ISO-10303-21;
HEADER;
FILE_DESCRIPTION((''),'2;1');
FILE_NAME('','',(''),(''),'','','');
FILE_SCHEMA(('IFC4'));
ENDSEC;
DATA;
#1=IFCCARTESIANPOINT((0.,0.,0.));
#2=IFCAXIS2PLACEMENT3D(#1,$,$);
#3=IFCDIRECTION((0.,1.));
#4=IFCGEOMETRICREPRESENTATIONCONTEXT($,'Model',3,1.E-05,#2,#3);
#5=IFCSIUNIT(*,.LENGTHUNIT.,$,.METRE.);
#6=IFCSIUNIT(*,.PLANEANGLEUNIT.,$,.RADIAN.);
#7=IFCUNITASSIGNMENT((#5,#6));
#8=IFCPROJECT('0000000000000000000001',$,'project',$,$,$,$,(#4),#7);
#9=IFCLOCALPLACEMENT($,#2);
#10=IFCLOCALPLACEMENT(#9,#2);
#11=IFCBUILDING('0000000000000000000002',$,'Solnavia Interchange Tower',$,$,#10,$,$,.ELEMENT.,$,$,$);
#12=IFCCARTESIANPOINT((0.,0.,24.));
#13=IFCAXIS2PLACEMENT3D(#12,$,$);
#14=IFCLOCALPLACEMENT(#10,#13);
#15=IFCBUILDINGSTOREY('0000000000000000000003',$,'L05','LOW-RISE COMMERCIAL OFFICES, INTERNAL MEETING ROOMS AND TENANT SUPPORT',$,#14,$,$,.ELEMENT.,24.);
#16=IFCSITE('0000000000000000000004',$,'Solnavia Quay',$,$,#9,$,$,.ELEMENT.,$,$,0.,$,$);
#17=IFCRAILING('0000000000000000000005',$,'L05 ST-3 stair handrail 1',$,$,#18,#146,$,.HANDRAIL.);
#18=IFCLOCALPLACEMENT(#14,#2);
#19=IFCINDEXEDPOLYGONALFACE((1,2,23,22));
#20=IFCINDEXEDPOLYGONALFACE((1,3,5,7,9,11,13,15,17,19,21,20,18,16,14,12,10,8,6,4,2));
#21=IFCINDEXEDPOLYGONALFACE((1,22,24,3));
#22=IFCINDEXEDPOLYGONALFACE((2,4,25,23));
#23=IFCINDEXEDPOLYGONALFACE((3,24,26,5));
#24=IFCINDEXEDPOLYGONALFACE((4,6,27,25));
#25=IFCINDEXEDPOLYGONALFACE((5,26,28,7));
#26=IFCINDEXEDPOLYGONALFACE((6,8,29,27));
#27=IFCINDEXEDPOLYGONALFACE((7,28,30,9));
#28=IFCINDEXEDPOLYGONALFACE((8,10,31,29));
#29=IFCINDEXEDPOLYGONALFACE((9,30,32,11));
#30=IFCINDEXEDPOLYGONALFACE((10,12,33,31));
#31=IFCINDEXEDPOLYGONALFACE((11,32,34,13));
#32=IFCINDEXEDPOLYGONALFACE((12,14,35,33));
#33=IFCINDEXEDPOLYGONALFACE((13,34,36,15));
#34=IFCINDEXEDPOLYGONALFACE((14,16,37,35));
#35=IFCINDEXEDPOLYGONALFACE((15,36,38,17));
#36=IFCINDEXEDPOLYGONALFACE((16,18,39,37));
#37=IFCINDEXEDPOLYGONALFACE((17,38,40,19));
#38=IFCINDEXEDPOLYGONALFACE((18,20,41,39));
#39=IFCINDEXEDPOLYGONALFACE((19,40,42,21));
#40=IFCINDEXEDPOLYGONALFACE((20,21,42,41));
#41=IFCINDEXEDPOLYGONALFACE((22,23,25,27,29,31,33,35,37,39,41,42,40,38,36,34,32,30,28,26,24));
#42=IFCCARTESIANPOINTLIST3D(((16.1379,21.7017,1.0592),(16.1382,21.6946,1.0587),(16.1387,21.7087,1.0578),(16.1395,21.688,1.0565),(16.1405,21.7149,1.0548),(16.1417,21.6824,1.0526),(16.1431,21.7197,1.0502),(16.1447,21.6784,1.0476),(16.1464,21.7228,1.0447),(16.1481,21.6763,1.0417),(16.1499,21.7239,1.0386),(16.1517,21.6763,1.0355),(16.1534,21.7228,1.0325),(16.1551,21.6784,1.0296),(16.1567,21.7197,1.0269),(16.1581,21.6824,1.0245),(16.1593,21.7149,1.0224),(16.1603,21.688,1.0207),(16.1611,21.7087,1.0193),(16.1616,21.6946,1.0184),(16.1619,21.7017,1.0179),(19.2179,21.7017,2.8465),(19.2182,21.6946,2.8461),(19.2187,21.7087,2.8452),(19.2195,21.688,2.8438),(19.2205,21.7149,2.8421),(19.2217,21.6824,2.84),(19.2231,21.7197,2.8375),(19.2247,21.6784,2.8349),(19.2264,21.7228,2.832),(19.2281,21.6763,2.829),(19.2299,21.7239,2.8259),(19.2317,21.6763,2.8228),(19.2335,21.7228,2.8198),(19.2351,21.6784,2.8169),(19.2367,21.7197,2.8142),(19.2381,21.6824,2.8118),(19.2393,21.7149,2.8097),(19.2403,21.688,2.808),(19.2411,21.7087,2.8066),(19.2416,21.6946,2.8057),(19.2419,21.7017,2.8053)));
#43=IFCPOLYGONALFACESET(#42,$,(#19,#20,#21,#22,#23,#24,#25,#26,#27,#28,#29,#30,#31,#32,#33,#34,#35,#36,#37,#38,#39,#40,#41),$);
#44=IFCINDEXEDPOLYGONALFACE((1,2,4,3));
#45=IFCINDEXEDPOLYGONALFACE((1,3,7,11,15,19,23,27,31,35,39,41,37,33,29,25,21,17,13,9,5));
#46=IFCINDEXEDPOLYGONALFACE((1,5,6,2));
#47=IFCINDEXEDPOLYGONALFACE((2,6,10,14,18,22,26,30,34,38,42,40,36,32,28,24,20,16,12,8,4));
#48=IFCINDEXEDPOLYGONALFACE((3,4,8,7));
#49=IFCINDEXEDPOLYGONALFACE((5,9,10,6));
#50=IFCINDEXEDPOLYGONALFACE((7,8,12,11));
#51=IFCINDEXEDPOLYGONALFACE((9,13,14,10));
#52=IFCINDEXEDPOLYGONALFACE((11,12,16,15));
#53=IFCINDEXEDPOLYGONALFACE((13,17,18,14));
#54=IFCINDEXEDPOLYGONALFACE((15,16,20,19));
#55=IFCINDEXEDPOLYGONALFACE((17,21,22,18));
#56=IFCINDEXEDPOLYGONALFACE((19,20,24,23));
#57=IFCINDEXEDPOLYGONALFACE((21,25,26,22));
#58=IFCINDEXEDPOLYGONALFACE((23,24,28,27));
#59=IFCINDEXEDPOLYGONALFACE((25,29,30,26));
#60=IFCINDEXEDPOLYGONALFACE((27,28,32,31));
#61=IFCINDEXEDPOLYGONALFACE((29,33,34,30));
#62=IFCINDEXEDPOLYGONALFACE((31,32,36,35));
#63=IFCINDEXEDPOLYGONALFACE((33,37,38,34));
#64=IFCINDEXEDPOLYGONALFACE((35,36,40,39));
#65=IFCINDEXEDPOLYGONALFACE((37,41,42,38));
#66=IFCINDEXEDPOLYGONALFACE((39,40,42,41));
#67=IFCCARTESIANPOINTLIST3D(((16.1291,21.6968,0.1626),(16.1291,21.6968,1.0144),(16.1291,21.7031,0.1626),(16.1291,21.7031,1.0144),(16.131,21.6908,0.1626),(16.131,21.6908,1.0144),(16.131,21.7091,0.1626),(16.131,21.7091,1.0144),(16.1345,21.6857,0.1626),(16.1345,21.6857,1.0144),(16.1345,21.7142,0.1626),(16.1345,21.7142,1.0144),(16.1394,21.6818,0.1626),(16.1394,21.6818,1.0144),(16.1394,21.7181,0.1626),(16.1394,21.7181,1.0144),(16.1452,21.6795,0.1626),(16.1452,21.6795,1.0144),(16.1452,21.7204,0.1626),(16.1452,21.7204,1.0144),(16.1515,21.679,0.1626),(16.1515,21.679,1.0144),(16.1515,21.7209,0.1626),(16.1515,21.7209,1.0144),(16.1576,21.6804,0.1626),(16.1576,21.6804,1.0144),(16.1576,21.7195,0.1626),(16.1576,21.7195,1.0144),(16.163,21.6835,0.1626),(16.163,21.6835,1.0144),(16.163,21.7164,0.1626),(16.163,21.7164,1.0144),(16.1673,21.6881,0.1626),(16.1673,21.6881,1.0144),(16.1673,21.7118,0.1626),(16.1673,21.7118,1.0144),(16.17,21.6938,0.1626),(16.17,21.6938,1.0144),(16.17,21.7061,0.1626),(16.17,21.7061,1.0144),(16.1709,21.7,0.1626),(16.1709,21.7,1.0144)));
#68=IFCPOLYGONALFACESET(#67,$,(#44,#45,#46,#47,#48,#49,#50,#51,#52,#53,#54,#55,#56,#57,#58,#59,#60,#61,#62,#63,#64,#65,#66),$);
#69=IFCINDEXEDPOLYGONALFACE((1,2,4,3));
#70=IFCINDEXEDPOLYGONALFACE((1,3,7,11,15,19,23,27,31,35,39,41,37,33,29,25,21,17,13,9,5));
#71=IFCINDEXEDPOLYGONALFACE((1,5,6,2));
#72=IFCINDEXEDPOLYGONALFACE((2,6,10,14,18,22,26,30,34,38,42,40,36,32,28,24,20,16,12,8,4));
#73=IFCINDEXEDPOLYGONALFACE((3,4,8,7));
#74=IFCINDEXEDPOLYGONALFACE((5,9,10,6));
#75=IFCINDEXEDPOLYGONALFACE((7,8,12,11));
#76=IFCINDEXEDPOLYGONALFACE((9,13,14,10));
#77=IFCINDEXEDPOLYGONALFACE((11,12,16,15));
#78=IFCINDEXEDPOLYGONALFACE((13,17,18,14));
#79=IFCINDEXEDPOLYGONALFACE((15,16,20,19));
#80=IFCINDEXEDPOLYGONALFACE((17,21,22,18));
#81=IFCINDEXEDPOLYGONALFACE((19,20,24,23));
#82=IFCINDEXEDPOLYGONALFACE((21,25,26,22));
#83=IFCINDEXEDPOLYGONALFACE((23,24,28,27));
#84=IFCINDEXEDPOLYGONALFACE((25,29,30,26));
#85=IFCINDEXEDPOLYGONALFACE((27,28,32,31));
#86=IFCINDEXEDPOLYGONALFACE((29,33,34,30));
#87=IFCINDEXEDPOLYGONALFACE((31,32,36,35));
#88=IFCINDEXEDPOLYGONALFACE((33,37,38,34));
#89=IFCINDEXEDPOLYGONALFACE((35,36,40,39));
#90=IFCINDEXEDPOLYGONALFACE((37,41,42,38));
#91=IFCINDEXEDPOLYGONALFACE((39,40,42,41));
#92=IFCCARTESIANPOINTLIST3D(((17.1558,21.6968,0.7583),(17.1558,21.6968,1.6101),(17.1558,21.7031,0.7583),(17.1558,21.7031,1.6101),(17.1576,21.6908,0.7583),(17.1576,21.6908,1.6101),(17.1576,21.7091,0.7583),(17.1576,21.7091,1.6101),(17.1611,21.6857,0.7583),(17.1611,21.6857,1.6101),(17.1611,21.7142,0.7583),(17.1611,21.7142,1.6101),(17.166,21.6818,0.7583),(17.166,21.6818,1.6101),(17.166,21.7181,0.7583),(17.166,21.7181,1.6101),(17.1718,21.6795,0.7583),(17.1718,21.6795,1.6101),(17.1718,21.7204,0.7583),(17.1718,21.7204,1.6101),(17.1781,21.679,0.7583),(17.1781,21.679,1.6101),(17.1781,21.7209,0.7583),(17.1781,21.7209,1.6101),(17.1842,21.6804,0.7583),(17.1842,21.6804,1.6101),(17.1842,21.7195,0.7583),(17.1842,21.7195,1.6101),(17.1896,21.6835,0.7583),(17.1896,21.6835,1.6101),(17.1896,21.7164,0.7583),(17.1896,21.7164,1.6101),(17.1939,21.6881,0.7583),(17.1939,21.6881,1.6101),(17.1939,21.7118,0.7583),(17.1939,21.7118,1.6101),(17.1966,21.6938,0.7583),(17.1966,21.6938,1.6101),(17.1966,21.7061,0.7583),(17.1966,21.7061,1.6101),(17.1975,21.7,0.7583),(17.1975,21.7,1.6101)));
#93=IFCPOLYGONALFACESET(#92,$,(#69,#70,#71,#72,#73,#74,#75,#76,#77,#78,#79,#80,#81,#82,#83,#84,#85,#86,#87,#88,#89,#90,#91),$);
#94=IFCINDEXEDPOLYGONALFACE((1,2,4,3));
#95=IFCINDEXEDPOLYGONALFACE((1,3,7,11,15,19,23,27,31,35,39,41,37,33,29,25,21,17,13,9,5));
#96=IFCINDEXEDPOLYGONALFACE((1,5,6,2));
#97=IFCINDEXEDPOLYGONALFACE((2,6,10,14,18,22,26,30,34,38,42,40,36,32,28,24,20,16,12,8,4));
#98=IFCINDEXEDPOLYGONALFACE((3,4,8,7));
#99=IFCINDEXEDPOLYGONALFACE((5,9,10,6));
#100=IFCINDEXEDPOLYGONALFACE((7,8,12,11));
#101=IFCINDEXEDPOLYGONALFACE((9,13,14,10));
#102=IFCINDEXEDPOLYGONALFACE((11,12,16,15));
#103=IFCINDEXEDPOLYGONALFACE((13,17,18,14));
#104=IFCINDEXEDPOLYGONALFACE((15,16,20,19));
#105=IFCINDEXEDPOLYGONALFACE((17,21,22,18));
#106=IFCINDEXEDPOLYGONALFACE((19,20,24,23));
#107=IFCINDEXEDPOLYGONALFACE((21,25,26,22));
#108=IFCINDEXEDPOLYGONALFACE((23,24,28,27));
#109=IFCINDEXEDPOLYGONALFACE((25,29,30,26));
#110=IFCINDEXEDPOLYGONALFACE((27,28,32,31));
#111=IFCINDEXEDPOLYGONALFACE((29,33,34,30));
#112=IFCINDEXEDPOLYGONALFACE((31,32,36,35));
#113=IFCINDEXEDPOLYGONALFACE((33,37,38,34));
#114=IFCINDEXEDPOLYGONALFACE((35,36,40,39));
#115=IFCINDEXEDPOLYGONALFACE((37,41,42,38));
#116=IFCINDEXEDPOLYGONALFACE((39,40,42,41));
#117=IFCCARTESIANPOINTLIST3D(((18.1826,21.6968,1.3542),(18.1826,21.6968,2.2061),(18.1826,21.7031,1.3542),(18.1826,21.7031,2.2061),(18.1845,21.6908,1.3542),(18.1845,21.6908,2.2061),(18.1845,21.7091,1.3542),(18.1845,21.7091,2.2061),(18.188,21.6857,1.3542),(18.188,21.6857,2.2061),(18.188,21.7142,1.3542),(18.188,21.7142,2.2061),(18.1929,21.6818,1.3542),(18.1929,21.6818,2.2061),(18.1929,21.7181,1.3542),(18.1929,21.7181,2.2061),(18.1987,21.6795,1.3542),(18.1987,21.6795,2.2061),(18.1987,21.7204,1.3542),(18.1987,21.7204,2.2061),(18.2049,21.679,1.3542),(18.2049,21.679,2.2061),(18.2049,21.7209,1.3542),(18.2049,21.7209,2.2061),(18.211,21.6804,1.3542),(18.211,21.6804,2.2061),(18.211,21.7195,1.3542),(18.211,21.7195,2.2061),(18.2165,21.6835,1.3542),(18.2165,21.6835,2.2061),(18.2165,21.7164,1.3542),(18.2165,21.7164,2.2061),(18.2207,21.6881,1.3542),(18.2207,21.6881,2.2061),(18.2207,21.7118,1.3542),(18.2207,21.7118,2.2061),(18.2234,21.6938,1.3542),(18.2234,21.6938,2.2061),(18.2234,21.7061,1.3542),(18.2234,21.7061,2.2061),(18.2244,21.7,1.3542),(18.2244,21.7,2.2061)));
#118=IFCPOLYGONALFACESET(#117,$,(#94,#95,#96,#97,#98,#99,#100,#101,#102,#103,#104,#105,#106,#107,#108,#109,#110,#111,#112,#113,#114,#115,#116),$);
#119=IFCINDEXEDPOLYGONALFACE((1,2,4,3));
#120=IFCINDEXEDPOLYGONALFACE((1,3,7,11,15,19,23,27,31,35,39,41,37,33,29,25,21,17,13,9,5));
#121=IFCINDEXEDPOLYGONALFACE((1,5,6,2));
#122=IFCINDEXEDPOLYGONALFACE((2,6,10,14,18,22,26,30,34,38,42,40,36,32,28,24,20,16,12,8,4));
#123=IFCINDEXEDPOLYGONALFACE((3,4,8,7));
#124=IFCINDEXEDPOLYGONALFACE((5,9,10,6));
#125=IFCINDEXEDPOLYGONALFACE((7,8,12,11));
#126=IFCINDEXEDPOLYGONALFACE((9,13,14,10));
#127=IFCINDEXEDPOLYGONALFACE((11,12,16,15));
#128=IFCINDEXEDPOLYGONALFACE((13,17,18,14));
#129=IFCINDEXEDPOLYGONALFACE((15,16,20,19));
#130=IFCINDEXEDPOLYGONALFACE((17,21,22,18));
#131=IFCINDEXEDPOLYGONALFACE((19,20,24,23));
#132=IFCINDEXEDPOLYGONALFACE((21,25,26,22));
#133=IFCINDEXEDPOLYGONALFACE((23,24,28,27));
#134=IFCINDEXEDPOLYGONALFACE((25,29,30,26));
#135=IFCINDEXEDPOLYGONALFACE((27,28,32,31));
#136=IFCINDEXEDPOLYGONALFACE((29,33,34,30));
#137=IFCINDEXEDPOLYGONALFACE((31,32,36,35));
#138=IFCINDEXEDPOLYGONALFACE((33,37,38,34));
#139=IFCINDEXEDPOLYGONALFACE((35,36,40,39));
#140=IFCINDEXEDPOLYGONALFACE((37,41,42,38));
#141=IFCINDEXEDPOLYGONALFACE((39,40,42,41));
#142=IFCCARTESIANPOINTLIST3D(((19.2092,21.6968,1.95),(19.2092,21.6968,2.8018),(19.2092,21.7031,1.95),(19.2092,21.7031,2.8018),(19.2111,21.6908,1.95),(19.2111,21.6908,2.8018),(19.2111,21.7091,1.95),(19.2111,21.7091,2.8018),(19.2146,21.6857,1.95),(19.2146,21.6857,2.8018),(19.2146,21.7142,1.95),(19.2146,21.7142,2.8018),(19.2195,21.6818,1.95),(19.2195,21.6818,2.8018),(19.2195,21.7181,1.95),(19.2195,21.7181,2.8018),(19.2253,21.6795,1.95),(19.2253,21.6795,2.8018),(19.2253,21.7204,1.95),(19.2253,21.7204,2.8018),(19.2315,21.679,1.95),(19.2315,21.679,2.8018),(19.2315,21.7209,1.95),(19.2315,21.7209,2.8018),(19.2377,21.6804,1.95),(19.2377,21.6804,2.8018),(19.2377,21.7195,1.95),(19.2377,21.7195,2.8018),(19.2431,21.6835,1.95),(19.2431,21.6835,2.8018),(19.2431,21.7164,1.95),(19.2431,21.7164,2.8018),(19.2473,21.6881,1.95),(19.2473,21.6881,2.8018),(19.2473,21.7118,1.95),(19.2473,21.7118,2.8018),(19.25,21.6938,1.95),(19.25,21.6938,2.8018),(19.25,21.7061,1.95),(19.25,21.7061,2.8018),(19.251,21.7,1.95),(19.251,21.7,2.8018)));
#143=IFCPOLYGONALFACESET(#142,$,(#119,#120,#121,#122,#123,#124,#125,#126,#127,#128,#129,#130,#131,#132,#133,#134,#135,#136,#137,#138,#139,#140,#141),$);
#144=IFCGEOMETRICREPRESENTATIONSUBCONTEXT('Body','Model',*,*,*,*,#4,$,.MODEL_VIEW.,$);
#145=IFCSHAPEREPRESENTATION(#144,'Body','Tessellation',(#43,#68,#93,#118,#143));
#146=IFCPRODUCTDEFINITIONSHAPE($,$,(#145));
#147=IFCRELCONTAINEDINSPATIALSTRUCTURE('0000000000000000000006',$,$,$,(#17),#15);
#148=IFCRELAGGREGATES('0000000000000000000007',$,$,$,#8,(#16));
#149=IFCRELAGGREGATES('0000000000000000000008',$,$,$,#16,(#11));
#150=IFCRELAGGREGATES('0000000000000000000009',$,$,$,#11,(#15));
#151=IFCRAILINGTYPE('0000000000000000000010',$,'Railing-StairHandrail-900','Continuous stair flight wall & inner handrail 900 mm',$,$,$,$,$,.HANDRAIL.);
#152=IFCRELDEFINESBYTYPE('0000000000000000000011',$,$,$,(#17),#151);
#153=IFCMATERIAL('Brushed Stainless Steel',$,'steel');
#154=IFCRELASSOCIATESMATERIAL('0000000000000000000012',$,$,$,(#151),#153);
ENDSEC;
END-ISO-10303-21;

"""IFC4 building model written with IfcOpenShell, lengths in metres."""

from ifc_helpers import new_model, si_unit, direction, frame, origin, origin_2d, place, context, subcontext, project, spatial, circle, extrude, material, type_object, element, save


model = new_model("IFC4")

# Units and contexts
model_context = context("Model", 3, precision=1e-05, world=origin(), true_north=direction((0.0, 1.0)))
body_context = subcontext(model_context, "Body", "Model", "MODEL_VIEW")
ifc_project = project(units=[si_unit("LENGTHUNIT", "METRE"), si_unit("PLANEANGLEUNIT", "RADIAN")], contexts=[model_context])

# Site, building, storey
site_placement = place(None, origin())
site = spatial("IfcSite", under=ifc_project, at=site_placement, Name="Solnavia Quay", CompositionType="ELEMENT", RefElevation=0.0)
building_placement = place(site_placement, origin())
building = spatial("IfcBuilding", under=site, at=building_placement, Name="Solnavia Interchange Tower", CompositionType="ELEMENT")
storey_placement = place(building_placement, frame((0.0, 0.0, 24.0)))
storey = spatial("IfcBuildingStorey", under=building, at=storey_placement, Name="L05", Description="LOW-RISE COMMERCIAL OFFICES, INTERNAL MEETING ROOMS AND TENANT SUPPORT", CompositionType="ELEMENT", Elevation=24.0)

# Railing
ifc_material_1 = material(Name="Brushed Stainless Steel", Category="steel")
railing_type_1 = type_object("IfcRailingType", Name="Railing-StairHandrail-900", Description="Continuous stair flight wall & inner handrail 900 mm", PredefinedType="HANDRAIL", material=ifc_material_1)
railing_1_placement = place(storey_placement, frame((16.1499, 21.7, 0.1626)))
element("IfcRailing", 1, at=railing_1_placement, inside=storey, type_object=railing_type_1, Name="L05 ST-3 stair handrail 1", PredefinedType="HANDRAIL", context=body_context, shape_type="SweptSolid", body=[
    extrude(circle(Radius=0.0239, at=origin_2d()), frame((0.0, 0.0, 0.876), z_axis=(0.86492, 0.0, 0.501909), x_axis=(0.0, 1.0, 0.0)), (0.0, 0.0, 1.0), 3.561),
    extrude(circle(Radius=0.021, at=origin_2d()), origin(), (0.0, 0.0, 1.0), 0.8518),
    extrude(circle(Radius=0.021, at=origin_2d()), frame((1.0266, 0.0, 0.5957)), (0.0, 0.0, 1.0), 0.8518),
    extrude(circle(Radius=0.021, at=origin_2d()), frame((2.0535, 0.0, 1.1917)), (0.0, 0.0, 1.0), 0.8518),
    extrude(circle(Radius=0.021, at=origin_2d()), frame((3.0801, 0.0, 1.7874)), (0.0, 0.0, 1.0), 0.8518),
])

save(model, "model.ifc")
